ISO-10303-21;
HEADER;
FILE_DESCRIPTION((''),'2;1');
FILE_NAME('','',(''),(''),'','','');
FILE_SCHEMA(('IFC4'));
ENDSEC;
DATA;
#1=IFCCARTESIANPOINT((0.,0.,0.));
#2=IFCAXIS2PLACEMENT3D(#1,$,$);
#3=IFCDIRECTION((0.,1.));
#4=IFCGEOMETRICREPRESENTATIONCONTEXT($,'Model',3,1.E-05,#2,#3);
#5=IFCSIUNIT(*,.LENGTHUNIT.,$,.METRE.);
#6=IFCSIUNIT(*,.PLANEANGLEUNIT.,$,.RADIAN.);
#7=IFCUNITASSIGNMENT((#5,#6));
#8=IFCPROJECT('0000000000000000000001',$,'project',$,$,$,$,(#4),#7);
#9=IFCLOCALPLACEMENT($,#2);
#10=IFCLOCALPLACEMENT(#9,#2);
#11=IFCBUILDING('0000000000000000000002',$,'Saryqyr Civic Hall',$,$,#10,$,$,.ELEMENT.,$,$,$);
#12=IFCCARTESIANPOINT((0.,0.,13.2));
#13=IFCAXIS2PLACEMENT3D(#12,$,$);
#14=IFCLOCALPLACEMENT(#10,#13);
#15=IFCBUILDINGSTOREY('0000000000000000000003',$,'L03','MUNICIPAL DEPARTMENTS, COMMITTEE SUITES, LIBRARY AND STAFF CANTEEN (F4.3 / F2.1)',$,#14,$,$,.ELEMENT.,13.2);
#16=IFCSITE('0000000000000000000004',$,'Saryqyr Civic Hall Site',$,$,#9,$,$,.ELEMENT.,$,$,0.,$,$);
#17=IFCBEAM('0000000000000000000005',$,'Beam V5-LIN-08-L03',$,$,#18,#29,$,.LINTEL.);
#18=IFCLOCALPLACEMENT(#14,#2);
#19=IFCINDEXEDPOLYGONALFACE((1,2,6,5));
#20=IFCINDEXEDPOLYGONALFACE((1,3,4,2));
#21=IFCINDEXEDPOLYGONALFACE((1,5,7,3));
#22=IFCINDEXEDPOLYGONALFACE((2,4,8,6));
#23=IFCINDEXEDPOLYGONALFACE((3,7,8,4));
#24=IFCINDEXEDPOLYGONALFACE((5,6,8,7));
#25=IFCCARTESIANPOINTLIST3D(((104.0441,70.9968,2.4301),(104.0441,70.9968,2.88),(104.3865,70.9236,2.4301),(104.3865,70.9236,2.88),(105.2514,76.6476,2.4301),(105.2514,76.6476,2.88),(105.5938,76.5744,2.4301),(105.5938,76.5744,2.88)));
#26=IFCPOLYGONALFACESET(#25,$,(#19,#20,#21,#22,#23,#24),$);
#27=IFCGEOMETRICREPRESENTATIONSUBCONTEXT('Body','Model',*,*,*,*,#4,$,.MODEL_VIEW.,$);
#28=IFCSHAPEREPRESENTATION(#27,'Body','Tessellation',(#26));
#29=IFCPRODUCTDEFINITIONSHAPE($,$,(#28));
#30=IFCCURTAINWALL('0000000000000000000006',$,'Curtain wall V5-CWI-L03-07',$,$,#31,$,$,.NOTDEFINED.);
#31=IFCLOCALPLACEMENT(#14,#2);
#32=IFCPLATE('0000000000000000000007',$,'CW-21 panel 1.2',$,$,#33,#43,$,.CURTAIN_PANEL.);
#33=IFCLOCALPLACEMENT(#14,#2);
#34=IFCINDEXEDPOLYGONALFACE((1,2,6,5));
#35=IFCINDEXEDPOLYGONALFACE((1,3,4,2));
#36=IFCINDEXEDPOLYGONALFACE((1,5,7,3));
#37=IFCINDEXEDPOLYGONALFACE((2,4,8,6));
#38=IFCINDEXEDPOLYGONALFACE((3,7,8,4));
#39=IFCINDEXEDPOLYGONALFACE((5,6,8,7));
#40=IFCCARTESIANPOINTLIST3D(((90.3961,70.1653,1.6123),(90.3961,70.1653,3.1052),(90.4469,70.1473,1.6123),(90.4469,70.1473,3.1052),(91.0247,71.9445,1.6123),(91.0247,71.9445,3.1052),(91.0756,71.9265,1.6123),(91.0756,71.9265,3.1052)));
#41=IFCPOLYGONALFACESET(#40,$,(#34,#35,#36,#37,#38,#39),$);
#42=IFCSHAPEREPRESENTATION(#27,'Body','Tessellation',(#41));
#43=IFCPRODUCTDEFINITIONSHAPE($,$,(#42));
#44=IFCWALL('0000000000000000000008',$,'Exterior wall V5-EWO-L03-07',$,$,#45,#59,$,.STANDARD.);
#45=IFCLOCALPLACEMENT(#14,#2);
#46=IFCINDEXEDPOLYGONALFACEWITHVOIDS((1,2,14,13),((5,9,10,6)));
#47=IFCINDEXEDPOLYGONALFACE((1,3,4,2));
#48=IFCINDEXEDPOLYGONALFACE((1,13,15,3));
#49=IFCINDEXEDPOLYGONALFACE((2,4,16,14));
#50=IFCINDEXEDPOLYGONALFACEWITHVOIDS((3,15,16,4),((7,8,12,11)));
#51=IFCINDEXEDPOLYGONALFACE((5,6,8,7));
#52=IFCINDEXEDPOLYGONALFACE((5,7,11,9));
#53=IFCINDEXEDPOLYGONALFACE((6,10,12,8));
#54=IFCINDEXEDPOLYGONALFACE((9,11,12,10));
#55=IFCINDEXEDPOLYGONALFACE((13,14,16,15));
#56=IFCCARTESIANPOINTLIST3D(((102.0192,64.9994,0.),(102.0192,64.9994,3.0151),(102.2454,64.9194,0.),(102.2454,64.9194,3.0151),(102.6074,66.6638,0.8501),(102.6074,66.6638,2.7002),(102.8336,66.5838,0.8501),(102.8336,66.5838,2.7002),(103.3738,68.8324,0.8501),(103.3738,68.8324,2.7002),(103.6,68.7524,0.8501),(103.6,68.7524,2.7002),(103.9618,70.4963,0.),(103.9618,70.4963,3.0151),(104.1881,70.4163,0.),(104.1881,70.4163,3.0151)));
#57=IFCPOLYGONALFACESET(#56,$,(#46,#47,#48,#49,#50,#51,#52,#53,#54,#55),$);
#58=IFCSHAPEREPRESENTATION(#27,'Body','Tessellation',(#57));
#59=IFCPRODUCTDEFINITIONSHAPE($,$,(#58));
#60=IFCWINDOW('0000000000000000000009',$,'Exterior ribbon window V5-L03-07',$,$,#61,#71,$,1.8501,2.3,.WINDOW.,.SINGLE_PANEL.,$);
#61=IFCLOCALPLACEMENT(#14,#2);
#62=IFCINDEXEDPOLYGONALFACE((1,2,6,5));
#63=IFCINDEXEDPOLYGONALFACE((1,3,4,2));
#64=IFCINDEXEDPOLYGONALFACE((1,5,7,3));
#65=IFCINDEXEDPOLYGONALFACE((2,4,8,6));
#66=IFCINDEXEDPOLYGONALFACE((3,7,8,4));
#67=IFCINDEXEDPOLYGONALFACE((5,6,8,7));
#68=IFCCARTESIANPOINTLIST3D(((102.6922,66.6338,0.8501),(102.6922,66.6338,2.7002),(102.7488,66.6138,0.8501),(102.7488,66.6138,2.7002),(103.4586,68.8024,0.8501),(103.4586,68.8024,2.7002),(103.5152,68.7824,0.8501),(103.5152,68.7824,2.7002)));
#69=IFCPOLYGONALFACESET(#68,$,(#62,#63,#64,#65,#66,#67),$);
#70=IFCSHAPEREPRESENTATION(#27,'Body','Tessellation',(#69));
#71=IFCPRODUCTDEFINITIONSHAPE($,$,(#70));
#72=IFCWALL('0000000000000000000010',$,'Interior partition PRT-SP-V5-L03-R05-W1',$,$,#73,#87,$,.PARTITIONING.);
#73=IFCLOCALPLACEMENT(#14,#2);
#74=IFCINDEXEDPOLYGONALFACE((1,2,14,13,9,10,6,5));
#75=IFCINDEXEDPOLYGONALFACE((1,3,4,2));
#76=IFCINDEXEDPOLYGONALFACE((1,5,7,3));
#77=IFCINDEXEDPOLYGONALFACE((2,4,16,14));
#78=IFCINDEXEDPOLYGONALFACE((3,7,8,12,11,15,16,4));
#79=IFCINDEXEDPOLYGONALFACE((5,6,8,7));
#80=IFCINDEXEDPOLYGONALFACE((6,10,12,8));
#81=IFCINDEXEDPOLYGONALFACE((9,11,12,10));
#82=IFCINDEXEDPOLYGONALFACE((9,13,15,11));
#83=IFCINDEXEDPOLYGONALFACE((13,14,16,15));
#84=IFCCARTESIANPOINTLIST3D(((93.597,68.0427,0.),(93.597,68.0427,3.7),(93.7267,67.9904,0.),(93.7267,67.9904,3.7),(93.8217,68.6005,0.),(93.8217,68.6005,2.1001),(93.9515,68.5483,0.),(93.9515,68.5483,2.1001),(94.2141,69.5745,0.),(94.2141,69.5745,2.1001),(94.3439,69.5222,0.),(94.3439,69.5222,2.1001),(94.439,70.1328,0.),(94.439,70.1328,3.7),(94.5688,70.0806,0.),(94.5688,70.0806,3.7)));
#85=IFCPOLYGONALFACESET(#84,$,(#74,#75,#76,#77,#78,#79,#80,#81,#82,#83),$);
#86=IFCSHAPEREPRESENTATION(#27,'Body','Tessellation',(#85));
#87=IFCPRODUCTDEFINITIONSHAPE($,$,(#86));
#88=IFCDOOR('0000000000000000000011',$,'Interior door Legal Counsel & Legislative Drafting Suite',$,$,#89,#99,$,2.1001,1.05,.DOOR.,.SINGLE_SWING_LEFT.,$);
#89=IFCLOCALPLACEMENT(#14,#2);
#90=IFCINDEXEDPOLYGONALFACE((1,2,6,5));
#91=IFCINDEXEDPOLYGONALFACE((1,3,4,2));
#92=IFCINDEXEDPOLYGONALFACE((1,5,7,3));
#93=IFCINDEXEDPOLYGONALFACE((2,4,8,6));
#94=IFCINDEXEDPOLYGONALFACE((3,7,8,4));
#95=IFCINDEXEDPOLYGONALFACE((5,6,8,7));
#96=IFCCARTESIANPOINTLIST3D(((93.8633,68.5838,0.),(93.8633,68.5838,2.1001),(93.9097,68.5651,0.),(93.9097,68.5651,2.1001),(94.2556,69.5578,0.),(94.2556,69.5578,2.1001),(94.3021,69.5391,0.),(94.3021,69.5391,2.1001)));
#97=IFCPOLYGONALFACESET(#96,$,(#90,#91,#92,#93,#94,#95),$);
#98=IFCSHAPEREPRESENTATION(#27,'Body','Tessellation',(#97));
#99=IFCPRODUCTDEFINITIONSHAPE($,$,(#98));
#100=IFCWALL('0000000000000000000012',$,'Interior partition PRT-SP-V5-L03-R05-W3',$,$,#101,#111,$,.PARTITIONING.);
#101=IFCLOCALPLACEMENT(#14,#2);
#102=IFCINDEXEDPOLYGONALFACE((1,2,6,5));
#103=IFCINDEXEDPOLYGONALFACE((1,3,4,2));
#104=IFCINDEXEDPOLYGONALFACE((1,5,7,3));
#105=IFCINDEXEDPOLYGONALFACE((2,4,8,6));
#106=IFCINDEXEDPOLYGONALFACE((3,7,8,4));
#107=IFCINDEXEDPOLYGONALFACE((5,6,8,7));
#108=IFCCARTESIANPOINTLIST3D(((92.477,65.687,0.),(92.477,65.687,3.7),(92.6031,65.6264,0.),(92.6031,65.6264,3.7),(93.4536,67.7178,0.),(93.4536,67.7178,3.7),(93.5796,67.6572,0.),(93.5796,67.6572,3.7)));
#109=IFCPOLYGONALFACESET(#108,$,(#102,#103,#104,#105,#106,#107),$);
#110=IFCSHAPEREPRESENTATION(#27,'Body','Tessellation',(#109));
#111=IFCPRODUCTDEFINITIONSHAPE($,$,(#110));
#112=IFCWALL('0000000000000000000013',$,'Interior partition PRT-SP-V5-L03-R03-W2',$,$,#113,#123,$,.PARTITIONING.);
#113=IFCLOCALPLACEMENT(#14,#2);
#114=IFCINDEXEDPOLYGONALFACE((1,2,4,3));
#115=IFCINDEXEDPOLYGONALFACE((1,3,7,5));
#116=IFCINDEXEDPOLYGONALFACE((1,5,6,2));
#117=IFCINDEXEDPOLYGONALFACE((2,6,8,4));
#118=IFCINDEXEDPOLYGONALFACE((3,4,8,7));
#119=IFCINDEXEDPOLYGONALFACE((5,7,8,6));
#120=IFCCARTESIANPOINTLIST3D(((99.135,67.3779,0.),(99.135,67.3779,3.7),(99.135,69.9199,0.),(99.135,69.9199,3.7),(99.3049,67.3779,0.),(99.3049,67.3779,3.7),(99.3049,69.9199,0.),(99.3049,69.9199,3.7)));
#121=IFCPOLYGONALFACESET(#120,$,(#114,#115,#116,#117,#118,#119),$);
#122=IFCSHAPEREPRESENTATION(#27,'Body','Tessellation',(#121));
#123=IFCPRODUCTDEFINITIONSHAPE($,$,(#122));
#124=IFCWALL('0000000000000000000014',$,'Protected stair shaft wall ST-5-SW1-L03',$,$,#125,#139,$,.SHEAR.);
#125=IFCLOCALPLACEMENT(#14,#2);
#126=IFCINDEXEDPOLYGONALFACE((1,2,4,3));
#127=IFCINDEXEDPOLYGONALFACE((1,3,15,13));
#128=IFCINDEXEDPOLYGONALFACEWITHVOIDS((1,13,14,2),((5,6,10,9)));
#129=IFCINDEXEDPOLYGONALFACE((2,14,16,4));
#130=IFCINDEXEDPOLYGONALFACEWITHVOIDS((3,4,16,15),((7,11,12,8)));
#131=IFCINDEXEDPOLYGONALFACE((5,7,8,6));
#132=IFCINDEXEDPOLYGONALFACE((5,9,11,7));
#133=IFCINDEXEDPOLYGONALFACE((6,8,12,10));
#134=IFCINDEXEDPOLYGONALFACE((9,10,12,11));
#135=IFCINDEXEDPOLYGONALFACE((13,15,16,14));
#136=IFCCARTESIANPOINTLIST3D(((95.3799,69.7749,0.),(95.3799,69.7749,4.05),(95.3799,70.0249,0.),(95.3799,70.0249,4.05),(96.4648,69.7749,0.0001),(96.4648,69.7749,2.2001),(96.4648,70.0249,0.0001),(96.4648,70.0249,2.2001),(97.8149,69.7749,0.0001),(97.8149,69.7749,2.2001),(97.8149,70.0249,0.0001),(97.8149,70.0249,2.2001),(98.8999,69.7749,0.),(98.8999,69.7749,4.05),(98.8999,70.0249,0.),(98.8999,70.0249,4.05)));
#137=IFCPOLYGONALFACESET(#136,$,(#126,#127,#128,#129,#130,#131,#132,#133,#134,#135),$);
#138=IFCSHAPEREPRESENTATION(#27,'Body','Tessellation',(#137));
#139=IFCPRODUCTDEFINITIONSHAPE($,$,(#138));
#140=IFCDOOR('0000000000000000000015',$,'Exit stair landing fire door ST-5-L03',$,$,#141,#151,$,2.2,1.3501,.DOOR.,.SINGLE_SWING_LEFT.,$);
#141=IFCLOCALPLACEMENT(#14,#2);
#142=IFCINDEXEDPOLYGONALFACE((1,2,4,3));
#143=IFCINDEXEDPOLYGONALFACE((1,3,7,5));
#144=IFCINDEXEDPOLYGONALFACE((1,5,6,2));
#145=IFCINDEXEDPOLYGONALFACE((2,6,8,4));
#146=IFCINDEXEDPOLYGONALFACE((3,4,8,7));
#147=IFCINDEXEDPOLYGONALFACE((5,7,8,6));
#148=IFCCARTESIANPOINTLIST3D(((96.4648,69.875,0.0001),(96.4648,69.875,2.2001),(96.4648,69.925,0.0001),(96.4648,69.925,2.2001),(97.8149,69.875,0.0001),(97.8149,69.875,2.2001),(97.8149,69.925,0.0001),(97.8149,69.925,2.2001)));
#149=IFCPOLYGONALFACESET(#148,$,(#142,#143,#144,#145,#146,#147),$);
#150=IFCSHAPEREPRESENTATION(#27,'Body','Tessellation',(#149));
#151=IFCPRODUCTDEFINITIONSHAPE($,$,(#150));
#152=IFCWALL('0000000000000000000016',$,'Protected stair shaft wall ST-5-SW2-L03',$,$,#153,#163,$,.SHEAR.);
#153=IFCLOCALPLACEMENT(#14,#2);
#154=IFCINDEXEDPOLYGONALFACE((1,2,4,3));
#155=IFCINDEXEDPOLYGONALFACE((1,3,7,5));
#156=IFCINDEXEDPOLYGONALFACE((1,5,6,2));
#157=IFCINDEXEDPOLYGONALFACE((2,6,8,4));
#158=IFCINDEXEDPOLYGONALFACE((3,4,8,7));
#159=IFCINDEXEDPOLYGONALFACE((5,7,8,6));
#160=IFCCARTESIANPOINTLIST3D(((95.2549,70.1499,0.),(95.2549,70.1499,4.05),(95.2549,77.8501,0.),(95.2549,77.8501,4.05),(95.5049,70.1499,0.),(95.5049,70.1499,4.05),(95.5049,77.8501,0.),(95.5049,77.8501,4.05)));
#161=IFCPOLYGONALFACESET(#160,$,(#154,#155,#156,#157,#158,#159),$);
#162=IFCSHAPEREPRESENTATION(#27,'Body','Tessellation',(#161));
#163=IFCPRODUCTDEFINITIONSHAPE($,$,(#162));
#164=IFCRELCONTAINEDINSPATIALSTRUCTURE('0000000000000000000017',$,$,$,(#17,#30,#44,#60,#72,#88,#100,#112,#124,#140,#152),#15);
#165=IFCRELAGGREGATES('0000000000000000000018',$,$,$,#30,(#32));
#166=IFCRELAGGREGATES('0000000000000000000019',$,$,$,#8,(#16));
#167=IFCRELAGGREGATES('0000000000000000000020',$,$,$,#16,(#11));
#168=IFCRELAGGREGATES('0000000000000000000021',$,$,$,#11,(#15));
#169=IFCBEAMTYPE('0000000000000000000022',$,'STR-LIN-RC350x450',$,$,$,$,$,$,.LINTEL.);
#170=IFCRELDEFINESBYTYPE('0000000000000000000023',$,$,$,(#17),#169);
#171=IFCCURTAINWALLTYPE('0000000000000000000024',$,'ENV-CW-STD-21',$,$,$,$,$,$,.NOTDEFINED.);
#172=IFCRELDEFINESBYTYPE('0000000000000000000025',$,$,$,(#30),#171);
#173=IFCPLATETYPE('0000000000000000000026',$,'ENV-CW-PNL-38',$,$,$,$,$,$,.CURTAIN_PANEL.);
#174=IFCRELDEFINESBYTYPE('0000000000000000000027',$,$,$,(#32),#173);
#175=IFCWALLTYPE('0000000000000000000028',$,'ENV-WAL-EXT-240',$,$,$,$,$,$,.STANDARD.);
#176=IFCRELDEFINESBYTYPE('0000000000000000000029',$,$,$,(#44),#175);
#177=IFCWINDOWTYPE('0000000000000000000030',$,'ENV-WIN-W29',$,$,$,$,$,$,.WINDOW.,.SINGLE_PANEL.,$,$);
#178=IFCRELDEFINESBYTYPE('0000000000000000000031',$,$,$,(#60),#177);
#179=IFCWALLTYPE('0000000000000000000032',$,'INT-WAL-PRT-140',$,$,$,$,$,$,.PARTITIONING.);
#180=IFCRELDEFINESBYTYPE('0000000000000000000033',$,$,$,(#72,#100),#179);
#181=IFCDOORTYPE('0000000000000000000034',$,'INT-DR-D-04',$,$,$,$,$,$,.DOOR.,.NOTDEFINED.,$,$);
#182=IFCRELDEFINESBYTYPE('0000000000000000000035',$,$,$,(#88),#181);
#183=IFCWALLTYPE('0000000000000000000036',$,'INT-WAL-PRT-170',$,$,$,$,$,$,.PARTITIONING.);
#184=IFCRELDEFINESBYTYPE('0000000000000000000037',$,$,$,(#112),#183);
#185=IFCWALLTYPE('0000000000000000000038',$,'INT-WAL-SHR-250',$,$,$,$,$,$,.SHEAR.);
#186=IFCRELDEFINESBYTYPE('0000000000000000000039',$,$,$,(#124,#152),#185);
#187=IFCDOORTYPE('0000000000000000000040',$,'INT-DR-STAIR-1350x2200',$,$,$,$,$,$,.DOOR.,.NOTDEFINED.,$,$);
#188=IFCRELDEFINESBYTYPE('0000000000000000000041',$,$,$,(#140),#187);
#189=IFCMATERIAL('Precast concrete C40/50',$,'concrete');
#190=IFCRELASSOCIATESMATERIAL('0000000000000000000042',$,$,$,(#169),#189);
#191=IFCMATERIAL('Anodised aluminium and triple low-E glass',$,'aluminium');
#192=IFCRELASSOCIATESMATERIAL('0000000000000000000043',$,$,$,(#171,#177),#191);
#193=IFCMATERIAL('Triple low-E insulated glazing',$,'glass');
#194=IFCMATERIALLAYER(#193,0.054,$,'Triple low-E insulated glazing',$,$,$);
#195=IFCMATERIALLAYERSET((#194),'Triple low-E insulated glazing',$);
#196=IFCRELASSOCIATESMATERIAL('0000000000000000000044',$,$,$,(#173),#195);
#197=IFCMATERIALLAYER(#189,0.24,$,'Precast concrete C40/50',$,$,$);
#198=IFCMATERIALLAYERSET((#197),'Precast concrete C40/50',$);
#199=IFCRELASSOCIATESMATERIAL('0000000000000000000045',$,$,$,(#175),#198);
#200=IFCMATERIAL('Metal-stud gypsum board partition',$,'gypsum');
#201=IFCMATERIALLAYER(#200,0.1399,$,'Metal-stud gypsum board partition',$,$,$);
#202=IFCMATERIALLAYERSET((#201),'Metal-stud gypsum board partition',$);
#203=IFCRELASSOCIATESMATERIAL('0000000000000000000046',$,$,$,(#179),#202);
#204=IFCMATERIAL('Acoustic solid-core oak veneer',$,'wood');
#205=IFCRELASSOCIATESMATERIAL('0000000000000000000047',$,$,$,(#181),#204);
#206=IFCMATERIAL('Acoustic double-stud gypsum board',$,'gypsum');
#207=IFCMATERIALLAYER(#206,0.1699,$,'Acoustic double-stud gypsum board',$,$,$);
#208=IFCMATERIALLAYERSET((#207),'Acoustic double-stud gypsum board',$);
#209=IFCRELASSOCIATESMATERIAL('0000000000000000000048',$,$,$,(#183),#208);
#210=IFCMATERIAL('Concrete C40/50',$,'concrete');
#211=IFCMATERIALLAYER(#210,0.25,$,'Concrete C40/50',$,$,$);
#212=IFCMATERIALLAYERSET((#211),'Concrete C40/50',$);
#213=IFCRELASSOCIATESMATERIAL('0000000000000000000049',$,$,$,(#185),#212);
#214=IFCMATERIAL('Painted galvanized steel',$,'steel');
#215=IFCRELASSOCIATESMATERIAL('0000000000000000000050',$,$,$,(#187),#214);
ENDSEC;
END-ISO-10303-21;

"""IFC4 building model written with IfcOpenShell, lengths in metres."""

from ifc_helpers import new_model, si_unit, direction, frame, frame_2d, origin, origin_2d, place, context, subcontext, project, spatial, rectangle, extrude, material, layer, layer_set, material_profile, profile_set, type_object, element, fill, aggregate, save


model = new_model("IFC4")

# Units and contexts
model_context = context("Model", 3, precision=1e-05, world=origin(), true_north=direction((0.0, 1.0)))
body_context = subcontext(model_context, "Body", "Model", "MODEL_VIEW")
ifc_project = project(units=[si_unit("LENGTHUNIT", "METRE"), si_unit("PLANEANGLEUNIT", "RADIAN")], contexts=[model_context])

# Site, building, storey
site_placement = place(None, origin())
site = spatial("IfcSite", under=ifc_project, at=site_placement, Name="Saryqyr Civic Hall Site", CompositionType="ELEMENT", RefElevation=0.0)
building_placement = place(site_placement, origin())
building = spatial("IfcBuilding", under=site, at=building_placement, Name="Saryqyr Civic Hall", CompositionType="ELEMENT")
storey_placement = place(building_placement, frame((0.0, 0.0, 13.2)))
storey = spatial("IfcBuildingStorey", under=building, at=storey_placement, Name="L03", Description="MUNICIPAL DEPARTMENTS, COMMITTEE SUITES, LIBRARY AND STAFF CANTEEN (F4.3 / F2.1)", CompositionType="ELEMENT", Elevation=13.2)

# Shared definitions
ifc_material_1 = material(Name="Concrete C40/50", Category="concrete")

# Shared definitions
ifc_material_2 = material(Name="Anodised aluminium and triple low-E glass", Category="aluminium")

# Beam
ifc_material_3 = material(Name="Precast concrete C40/50", Category="concrete")
ifc_material_profile_1 = material_profile(ifc_material_3, rectangle(XDim=0.3501, YDim=0.45, at=origin_2d()), Name="RC 350x450")
ifc_profile_set_1 = profile_set([ifc_material_profile_1], Name="Precast concrete C40/50")
beam_type_1 = type_object("IfcBeamType", Name="STR-LIN-RC350x450", PredefinedType="LINTEL", material=ifc_profile_set_1)
beam_1_placement = place(storey_placement, frame((104.2153, 70.9602, 2.655), z_axis=(0.208929, 0.977931, 0.0), x_axis=(-0.977931, 0.208929, 0.0)))
element("IfcBeam", 1, at=beam_1_placement, inside=storey, type_object=beam_type_1, Name="Beam V5-LIN-08-L03", PredefinedType="LINTEL", context=body_context, shape_type="SweptSolid", body=[
    extrude(rectangle(XDim=0.3501, YDim=0.45, at=origin_2d()), origin(), (0.0, 0.0, 1.0), 5.7783),
])

# Curtain wall, plate
curtain_wall_type_1 = type_object("IfcCurtainWallType", Name="ENV-CW-STD-21", PredefinedType="NOTDEFINED", material=ifc_material_2)
curtain_wall_1_placement = place(storey_placement, origin())
curtain_wall_1 = element("IfcCurtainWall", 2, at=curtain_wall_1_placement, inside=storey, type_object=curtain_wall_type_1, Name="Curtain wall V5-CWI-L03-07", PredefinedType="NOTDEFINED")
ifc_material_4 = material(Name="Triple low-E insulated glazing", Category="glass")
ifc_layer_1 = layer(ifc_material_4, 0.054, Name="Triple low-E insulated glazing")
ifc_layer_set_1 = layer_set([ifc_layer_1], Name="Triple low-E insulated glazing")
plate_type = type_object("IfcPlateType", Name="ENV-CW-PNL-38", PredefinedType="CURTAIN_PANEL", material=ifc_layer_set_1)
plate_placement = place(storey_placement, frame((90.7358, 71.0459, 1.6123), z_axis=(0.0, 0.0, 1.0), x_axis=(0.333172, 0.942866, 0.0)))
plate = element("IfcPlate", 3, at=plate_placement, type_object=plate_type, Name="CW-21 panel 1.2", PredefinedType="CURTAIN_PANEL", context=body_context, shape_type="SweptSolid", body=[
    extrude(rectangle(XDim=1.887, YDim=0.054, at=origin_2d()), origin(), (0.0, 0.0, 1.0), 1.4929),
])
aggregate(curtain_wall_1, [plate])

# Wall, opening, window
ifc_layer_2 = layer(ifc_material_3, 0.24, Name="Precast concrete C40/50")
ifc_layer_set_2 = layer_set([ifc_layer_2], Name="Precast concrete C40/50")
wall_type_1 = type_object("IfcWallType", Name="ENV-WAL-EXT-240", PredefinedType="STANDARD", material=ifc_layer_set_2)
wall_1_placement = place(storey_placement, frame((104.075, 70.4563, 0.0), z_axis=(0.0, 0.0, 1.0), x_axis=(-0.333212, -0.942852, 0.0)))
wall_1 = element("IfcWall", 4, at=wall_1_placement, inside=storey, type_object=wall_type_1, Name="Exterior wall V5-EWO-L03-07", PredefinedType="STANDARD", context=body_context, shape_type="SweptSolid", body=[
    extrude(rectangle(XDim=5.8301, YDim=0.24, at=frame_2d((2.915, 0.0))), origin(), (0.0, 0.0, 1.0), 3.0151),
])
opening_1_placement = place(wall_1_placement, frame((1.7649, 0.0, 0.8501)))
opening_1 = element("IfcOpeningElement", 5, at=opening_1_placement, cuts=wall_1, PredefinedType="OPENING", context=body_context, shape_type="SweptSolid", body=[
    extrude(rectangle(XDim=2.3, YDim=1.8501, at=frame_2d((1.1499, 0.925))), frame((0.0, 0.1299, 0.0), z_axis=(0.0, -1.0, 0.0), x_axis=(1.0, 0.0, 0.0)), (0.0, 0.0, 1.0), 0.26),
])
window_type = type_object("IfcWindowType", Name="ENV-WIN-W29", PartitioningType="SINGLE_PANEL", PredefinedType="WINDOW", material=ifc_material_2)
window_placement = place(opening_1_placement, origin())
window = element("IfcWindow", 6, at=window_placement, inside=storey, type_object=window_type, Name="Exterior ribbon window V5-L03-07", OverallHeight=1.8501, OverallWidth=2.3, PartitioningType="SINGLE_PANEL", PredefinedType="WINDOW", context=body_context, shape_type="SweptSolid", body=[
    extrude(rectangle(XDim=2.3, YDim=1.8501, at=frame_2d((1.1499, 0.925))), frame((0.0, 0.03, 0.0), z_axis=(0.0, -1.0, 0.0), x_axis=(1.0, 0.0, 0.0)), (0.0, 0.0, 1.0), 0.0601),
])
fill(opening_1, window)

# Wall, opening, door
ifc_material_5 = material(Name="Metal-stud gypsum board partition", Category="gypsum")
ifc_layer_3 = layer(ifc_material_5, 0.1399, Name="Metal-stud gypsum board partition")
ifc_layer_set_3 = layer_set([ifc_layer_3], Name="Metal-stud gypsum board partition")
wall_type_2 = type_object("IfcWallType", Name="INT-WAL-PRT-140", PredefinedType="PARTITIONING", material=ifc_layer_set_3)
wall_2_placement = place(storey_placement, frame((94.5039, 70.1067, 0.0), z_axis=(0.0, 0.0, 1.0), x_axis=(-0.373687, -0.927555, 0.0)))
wall_2 = element("IfcWall", 7, at=wall_2_placement, inside=storey, type_object=wall_type_2, Name="Interior partition PRT-SP-V5-L03-R05-W1", PredefinedType="PARTITIONING", context=body_context, shape_type="SweptSolid", body=[
    extrude(rectangle(XDim=2.2534, YDim=0.1399, at=frame_2d((1.1267, 0.0))), origin(), (0.0, 0.0, 1.0), 3.7),
])
opening_2_placement = place(wall_2_placement, frame((0.6021, 0.0, 0.0)))
opening_2 = element("IfcOpeningElement", 8, at=opening_2_placement, cuts=wall_2, PredefinedType="OPENING", context=body_context, shape_type="SweptSolid", body=[
    extrude(rectangle(XDim=1.05, YDim=2.1001, at=frame_2d((0.5249, 1.05))), frame((0.0, 0.0798, 0.0), z_axis=(0.0, -1.0, 0.0), x_axis=(1.0, 0.0, 0.0)), (0.0, 0.0, 1.0), 0.1599),
])
ifc_material_6 = material(Name="Acoustic solid-core oak veneer", Category="wood")
door_type_1 = type_object("IfcDoorType", Name="INT-DR-D-04", OperationType="NOTDEFINED", PredefinedType="DOOR", material=ifc_material_6)
door_1_placement = place(opening_2_placement, origin())
door_1 = element("IfcDoor", 9, at=door_1_placement, inside=storey, type_object=door_type_1, Name="Interior door Legal Counsel & Legislative Drafting Suite", OperationType="SINGLE_SWING_LEFT", OverallHeight=2.1001, OverallWidth=1.05, PredefinedType="DOOR", context=body_context, shape_type="SweptSolid", body=[
    extrude(rectangle(XDim=1.05, YDim=2.1001, at=frame_2d((0.5249, 1.05))), frame((0.0, 0.0249, 0.0), z_axis=(0.0, -1.0, 0.0), x_axis=(1.0, 0.0, 0.0)), (0.0, 0.0, 1.0), 0.05),
])
fill(opening_2, door_1)

# Walls
wall_3_placement = place(storey_placement, frame((93.5166, 67.6875, 0.0), z_axis=(0.0, 0.0, 1.0), x_axis=(-0.433379, -0.901212, 0.0)))
element("IfcWall", 10, at=wall_3_placement, inside=storey, type_object=wall_type_2, Name="Interior partition PRT-SP-V5-L03-R05-W3", PredefinedType="PARTITIONING", context=body_context, shape_type="SweptSolid", body=[
    extrude(rectangle(XDim=2.2534, YDim=0.1399, at=frame_2d((1.1267, 0.0))), origin(), (0.0, 0.0, 1.0), 3.7),
])
ifc_material_7 = material(Name="Acoustic double-stud gypsum board", Category="gypsum")
ifc_layer_4 = layer(ifc_material_7, 0.1699, Name="Acoustic double-stud gypsum board")
ifc_layer_set_4 = layer_set([ifc_layer_4], Name="Acoustic double-stud gypsum board")
wall_type_3 = type_object("IfcWallType", Name="INT-WAL-PRT-170", PredefinedType="PARTITIONING", material=ifc_layer_set_4)
wall_4_placement = place(storey_placement, frame((99.22, 67.3779, 0.0), z_axis=(0.0, 0.0, 1.0), x_axis=(0.0, 1.0, 0.0)))
element("IfcWall", 11, at=wall_4_placement, inside=storey, type_object=wall_type_3, Name="Interior partition PRT-SP-V5-L03-R03-W2", PredefinedType="PARTITIONING", context=body_context, shape_type="SweptSolid", body=[
    extrude(rectangle(XDim=2.542, YDim=0.1699, at=frame_2d((1.271, 0.0))), origin(), (0.0, 0.0, 1.0), 3.7),
])

# Wall, opening, door
ifc_layer_5 = layer(ifc_material_1, 0.25, Name="Concrete C40/50")
ifc_layer_set_5 = layer_set([ifc_layer_5], Name="Concrete C40/50")
wall_type_4 = type_object("IfcWallType", Name="INT-WAL-SHR-250", PredefinedType="SHEAR", material=ifc_layer_set_5)
wall_5_placement = place(storey_placement, frame((98.8999, 69.8999, 0.0), z_axis=(0.0, 0.0, 1.0), x_axis=(-1.0, 0.0, 0.0)))
wall_5 = element("IfcWall", 12, at=wall_5_placement, inside=storey, type_object=wall_type_4, Name="Protected stair shaft wall ST-5-SW1-L03", PredefinedType="SHEAR", context=body_context, shape_type="SweptSolid", body=[
    extrude(rectangle(XDim=3.52, YDim=0.25, at=frame_2d((1.76, 0.0))), origin(), (0.0, 0.0, 1.0), 4.05),
])
opening_3_placement = place(wall_5_placement, frame((1.085, 0.0, 0.0)))
opening_3 = element("IfcOpeningElement", 13, at=opening_3_placement, cuts=wall_5, PredefinedType="OPENING", context=body_context, shape_type="SweptSolid", body=[
    extrude(rectangle(XDim=1.3501, YDim=2.2, at=frame_2d((0.675, 1.1001))), frame((0.0, 0.135, 0.0), z_axis=(0.0, -1.0, 0.0), x_axis=(1.0, 0.0, 0.0)), (0.0, 0.0, 1.0), 0.27),
])
ifc_material_8 = material(Name="Painted galvanized steel", Category="steel")
door_type_2 = type_object("IfcDoorType", Name="INT-DR-STAIR-1350x2200", OperationType="NOTDEFINED", PredefinedType="DOOR", material=ifc_material_8)
door_2_placement = place(opening_3_placement, origin())
door_2 = element("IfcDoor", 14, at=door_2_placement, inside=storey, type_object=door_type_2, Name="Exit stair landing fire door ST-5-L03", OperationType="SINGLE_SWING_LEFT", OverallHeight=2.2, OverallWidth=1.3501, PredefinedType="DOOR", context=body_context, shape_type="SweptSolid", body=[
    extrude(rectangle(XDim=1.3501, YDim=2.2, at=frame_2d((0.675, 1.1001))), frame((0.0, 0.0249, 0.0), z_axis=(0.0, -1.0, 0.0), x_axis=(1.0, 0.0, 0.0)), (0.0, 0.0, 1.0), 0.05),
])
fill(opening_3, door_2)

# Wall
wall_6_placement = place(storey_placement, frame((95.3799, 70.1499, 0.0), z_axis=(0.0, 0.0, 1.0), x_axis=(0.0, 1.0, 0.0)))
element("IfcWall", 15, at=wall_6_placement, inside=storey, type_object=wall_type_4, Name="Protected stair shaft wall ST-5-SW2-L03", PredefinedType="SHEAR", context=body_context, shape_type="SweptSolid", body=[
    extrude(rectangle(XDim=7.7002, YDim=0.25, at=frame_2d((3.8501, 0.0))), origin(), (0.0, 0.0, 1.0), 4.05),
])

save(model, "model.ifc")
